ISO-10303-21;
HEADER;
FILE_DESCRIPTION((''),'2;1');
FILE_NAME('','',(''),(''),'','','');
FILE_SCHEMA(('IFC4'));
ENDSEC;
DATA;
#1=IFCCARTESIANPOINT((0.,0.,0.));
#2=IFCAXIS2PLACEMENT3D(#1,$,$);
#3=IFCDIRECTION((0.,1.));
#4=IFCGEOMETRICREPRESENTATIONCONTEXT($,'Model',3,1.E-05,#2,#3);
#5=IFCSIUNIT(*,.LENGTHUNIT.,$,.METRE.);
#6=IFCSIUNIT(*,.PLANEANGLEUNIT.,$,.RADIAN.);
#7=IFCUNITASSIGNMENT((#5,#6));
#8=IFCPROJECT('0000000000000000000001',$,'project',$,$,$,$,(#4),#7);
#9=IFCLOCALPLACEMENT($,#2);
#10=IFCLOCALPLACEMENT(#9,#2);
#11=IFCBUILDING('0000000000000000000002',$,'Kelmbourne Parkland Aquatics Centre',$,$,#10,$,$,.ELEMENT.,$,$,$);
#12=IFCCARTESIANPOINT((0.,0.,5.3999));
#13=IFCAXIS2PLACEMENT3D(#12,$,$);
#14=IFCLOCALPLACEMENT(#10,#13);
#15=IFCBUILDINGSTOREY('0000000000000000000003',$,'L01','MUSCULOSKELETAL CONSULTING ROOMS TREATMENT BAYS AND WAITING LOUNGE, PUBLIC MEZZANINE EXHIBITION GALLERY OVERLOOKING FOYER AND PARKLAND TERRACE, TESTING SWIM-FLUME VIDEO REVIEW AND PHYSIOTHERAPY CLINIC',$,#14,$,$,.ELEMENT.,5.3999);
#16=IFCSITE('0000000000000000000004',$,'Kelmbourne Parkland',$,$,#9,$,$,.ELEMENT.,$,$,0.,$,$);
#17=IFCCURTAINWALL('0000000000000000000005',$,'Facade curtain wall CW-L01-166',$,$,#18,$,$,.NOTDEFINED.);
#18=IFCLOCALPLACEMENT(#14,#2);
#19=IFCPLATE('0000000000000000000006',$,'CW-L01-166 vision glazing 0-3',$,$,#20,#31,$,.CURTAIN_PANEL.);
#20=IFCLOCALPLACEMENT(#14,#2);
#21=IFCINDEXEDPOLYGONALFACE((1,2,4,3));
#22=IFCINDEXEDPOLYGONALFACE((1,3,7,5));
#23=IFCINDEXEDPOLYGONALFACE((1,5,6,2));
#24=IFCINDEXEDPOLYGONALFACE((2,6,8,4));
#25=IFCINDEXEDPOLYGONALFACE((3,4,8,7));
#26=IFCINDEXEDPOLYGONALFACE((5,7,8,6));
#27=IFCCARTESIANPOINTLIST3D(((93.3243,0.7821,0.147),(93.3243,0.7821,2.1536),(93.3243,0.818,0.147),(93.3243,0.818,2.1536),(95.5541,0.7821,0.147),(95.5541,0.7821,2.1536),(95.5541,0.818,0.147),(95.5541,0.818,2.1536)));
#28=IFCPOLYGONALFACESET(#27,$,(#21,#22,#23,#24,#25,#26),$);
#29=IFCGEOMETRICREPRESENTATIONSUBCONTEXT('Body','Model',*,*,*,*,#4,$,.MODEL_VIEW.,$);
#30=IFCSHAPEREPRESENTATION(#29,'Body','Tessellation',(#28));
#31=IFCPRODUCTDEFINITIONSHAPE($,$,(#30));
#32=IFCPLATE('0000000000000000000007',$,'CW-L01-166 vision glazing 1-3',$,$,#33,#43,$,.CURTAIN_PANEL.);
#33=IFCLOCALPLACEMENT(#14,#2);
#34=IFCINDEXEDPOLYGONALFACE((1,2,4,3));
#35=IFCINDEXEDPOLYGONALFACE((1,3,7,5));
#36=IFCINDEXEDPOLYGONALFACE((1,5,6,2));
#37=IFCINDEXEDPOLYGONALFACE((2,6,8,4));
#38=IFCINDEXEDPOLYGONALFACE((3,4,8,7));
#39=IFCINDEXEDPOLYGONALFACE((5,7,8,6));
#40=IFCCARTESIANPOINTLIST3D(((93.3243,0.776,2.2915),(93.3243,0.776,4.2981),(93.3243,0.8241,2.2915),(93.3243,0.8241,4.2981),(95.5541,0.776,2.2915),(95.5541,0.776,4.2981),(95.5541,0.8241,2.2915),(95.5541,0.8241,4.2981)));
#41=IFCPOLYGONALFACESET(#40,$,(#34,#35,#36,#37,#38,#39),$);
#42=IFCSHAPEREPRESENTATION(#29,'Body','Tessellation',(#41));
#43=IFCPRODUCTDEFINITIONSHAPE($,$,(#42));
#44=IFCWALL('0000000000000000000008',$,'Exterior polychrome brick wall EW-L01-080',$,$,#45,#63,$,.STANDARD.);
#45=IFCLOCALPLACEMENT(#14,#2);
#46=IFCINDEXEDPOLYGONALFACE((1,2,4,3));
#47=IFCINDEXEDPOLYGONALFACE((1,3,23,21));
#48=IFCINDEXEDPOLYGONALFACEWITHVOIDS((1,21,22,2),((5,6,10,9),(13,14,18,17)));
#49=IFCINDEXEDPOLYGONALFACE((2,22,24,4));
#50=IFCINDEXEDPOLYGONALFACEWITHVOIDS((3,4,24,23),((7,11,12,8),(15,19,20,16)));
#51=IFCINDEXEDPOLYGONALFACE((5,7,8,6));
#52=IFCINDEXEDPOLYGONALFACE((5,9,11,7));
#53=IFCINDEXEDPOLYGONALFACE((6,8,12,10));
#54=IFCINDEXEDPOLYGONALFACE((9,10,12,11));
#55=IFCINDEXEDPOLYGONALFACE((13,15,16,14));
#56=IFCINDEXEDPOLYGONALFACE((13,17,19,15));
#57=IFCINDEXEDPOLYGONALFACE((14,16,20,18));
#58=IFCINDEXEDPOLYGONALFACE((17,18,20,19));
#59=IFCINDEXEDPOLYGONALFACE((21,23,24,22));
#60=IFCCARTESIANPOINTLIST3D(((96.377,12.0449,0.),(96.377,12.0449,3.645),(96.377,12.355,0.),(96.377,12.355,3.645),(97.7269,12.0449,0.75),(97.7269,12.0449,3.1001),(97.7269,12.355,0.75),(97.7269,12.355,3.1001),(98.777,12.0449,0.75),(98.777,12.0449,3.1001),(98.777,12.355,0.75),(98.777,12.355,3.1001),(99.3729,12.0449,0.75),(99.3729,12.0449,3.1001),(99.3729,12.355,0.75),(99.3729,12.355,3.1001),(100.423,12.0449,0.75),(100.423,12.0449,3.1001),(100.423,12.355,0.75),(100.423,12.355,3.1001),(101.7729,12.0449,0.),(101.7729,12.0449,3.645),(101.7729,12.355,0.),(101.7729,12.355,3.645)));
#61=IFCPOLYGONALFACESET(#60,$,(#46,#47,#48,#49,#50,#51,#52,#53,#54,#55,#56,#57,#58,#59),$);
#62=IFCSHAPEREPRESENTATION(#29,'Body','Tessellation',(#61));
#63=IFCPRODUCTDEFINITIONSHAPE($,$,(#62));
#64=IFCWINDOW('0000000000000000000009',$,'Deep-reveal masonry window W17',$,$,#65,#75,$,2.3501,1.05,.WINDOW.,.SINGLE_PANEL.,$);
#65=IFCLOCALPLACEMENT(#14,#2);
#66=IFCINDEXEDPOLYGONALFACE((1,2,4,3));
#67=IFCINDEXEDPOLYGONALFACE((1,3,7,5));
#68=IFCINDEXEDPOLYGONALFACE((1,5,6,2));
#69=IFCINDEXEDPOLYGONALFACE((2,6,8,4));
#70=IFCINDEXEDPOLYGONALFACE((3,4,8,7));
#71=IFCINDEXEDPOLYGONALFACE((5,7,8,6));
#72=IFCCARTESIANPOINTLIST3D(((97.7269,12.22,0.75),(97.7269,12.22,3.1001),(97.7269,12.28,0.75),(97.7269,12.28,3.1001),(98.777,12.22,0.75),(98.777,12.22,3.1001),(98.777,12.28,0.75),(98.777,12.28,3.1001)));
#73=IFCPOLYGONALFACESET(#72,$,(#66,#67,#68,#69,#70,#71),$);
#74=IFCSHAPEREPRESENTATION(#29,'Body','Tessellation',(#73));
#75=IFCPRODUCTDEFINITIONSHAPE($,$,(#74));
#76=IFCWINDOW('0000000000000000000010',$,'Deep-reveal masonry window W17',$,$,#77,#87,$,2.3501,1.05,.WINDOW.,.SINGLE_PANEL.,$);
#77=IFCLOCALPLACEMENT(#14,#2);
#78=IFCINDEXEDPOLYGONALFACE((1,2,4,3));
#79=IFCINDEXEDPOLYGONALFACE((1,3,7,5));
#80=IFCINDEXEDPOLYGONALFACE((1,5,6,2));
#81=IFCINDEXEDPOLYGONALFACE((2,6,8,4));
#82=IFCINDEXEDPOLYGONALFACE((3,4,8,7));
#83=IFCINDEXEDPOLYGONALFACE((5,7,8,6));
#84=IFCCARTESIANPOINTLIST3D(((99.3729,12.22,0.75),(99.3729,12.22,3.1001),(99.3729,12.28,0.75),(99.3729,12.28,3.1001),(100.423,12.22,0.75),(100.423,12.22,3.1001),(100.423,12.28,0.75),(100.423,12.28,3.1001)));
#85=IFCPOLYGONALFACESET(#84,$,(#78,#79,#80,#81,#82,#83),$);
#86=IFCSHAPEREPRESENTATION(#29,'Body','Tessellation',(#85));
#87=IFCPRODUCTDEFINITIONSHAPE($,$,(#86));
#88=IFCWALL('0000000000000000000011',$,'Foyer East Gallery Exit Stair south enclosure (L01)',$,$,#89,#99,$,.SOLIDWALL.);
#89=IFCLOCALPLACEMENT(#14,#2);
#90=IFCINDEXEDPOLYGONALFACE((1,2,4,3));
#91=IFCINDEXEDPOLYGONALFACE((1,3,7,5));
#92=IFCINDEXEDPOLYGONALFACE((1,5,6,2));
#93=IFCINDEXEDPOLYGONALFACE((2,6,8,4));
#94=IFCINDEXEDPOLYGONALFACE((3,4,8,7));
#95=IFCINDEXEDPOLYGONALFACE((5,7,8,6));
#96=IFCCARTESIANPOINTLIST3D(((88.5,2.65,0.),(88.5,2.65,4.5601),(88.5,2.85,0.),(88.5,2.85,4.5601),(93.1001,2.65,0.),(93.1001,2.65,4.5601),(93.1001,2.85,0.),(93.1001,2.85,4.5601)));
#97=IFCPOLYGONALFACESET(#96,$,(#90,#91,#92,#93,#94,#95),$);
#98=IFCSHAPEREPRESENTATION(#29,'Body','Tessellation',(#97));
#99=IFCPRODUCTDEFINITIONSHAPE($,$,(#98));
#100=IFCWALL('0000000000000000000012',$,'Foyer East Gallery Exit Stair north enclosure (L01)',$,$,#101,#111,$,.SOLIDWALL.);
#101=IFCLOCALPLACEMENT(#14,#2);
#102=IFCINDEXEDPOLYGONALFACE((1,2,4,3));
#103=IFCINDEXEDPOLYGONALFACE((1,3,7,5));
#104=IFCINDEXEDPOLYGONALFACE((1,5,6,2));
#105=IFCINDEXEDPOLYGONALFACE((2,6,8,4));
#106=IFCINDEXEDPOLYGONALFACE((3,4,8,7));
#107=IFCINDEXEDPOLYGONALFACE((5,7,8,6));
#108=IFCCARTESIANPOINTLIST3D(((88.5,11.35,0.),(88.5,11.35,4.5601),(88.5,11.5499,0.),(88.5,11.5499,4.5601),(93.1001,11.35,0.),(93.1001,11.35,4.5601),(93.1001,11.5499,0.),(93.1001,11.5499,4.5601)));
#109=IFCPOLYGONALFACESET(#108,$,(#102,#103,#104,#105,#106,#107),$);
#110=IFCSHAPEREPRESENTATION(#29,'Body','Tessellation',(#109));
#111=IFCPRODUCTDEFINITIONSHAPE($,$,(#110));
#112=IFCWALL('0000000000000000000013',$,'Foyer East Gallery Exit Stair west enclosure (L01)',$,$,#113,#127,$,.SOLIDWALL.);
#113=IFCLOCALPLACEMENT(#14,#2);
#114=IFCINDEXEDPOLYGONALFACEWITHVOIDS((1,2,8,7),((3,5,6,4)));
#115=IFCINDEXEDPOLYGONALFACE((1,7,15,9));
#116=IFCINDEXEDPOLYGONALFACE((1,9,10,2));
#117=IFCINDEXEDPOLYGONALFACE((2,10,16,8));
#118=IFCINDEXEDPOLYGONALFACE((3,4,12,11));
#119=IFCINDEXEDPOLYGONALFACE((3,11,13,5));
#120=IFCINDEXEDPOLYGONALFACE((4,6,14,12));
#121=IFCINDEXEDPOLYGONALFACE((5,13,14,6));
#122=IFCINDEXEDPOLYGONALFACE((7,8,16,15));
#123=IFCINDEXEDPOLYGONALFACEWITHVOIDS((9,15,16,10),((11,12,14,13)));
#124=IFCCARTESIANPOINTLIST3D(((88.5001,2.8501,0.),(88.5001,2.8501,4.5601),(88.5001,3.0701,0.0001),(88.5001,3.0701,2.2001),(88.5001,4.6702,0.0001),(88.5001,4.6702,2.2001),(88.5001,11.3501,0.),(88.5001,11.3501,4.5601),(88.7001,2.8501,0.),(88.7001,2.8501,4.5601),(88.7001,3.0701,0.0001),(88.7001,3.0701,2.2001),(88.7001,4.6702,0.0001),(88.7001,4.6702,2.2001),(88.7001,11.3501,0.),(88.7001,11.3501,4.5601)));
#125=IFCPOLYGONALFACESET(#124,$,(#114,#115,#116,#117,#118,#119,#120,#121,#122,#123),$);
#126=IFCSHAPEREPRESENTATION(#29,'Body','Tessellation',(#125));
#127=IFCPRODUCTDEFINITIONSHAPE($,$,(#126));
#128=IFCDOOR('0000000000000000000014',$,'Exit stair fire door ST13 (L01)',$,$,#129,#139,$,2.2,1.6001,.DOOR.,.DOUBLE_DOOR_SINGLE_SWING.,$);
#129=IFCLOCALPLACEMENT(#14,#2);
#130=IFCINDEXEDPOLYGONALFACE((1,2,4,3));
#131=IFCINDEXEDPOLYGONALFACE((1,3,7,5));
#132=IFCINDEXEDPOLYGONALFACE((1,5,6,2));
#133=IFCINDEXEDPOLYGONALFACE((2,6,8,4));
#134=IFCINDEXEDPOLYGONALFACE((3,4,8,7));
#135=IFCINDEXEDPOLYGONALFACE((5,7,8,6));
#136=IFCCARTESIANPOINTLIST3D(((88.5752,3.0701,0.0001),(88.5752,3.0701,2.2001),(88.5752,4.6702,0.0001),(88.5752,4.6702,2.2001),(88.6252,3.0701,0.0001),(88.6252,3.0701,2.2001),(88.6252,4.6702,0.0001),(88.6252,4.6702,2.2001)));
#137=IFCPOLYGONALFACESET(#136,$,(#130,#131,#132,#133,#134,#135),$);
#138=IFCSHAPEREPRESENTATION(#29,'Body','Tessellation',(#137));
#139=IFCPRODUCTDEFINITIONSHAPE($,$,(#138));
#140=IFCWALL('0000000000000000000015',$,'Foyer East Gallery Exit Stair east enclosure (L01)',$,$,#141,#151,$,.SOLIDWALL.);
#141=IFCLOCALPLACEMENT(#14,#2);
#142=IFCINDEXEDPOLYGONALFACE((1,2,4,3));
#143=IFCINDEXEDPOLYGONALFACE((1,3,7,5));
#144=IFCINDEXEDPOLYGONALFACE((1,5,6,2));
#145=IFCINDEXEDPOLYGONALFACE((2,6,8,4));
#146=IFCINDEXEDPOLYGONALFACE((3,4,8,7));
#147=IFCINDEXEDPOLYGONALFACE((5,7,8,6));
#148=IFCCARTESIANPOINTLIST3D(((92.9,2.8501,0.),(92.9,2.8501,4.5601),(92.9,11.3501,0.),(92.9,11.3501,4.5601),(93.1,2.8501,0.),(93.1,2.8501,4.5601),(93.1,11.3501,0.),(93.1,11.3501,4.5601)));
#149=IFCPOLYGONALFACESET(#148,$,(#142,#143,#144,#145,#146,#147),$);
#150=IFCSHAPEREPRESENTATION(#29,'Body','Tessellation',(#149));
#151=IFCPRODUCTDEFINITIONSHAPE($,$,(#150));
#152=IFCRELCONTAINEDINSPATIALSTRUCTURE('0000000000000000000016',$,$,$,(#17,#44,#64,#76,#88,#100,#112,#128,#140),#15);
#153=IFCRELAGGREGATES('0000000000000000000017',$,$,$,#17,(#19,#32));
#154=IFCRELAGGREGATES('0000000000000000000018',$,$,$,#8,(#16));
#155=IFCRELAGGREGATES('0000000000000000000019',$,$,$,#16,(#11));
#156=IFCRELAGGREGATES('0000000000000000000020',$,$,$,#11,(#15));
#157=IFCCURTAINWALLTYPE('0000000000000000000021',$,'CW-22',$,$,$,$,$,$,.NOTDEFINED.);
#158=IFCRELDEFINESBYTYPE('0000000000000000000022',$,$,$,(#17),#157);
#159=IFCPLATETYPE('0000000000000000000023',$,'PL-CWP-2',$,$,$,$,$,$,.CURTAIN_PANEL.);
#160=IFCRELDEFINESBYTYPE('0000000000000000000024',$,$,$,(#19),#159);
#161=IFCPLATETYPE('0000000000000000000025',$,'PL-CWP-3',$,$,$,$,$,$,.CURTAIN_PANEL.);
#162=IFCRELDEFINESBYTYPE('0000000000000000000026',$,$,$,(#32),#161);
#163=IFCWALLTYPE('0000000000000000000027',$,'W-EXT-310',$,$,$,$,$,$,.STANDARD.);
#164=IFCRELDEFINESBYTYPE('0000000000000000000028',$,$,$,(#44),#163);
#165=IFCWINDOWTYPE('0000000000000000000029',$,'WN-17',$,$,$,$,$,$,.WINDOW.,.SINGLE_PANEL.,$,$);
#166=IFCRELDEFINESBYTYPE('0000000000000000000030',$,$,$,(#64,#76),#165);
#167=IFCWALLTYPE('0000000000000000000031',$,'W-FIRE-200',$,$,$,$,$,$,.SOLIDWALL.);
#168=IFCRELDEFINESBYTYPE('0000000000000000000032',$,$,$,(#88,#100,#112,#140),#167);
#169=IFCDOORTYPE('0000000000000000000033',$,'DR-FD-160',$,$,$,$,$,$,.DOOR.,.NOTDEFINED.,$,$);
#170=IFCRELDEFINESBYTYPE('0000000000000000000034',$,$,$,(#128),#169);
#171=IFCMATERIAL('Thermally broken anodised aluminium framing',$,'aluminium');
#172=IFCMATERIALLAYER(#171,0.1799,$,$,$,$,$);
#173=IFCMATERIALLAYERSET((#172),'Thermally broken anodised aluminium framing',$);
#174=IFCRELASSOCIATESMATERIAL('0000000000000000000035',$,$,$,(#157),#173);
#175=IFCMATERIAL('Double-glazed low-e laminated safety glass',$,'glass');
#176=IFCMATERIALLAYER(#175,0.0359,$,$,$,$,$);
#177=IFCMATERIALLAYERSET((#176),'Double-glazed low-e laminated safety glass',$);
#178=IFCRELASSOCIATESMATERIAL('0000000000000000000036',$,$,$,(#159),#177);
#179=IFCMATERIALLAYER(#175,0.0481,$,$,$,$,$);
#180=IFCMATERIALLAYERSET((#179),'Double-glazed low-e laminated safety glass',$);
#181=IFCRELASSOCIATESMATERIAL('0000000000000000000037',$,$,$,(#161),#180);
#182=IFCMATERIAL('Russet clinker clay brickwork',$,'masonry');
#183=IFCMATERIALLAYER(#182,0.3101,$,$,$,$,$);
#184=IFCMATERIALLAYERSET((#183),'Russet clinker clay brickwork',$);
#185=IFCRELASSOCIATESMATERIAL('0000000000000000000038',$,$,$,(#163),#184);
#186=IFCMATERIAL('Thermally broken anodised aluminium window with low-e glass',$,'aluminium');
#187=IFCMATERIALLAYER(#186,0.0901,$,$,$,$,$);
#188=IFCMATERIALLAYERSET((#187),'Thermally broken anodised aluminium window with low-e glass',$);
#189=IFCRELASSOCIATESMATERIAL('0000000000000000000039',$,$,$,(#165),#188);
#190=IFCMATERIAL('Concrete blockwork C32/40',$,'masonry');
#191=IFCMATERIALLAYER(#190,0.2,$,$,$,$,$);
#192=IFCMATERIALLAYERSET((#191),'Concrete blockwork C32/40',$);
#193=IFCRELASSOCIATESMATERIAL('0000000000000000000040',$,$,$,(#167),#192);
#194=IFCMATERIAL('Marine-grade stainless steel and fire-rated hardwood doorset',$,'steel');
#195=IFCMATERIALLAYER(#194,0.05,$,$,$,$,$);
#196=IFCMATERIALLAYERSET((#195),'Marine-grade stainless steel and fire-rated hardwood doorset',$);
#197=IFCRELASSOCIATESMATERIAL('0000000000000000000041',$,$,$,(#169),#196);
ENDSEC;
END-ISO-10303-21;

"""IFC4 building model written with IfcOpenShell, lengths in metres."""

from ifc_helpers import new_model, si_unit, direction, frame, frame_2d, origin, origin_2d, place, context, subcontext, project, spatial, rectangle, extrude, material, layer, layer_set, type_object, element, fill, aggregate, save


model = new_model("IFC4")

# Units and contexts
model_context = context("Model", 3, precision=1e-05, world=origin(), true_north=direction((0.0, 1.0)))
body_context = subcontext(model_context, "Body", "Model", "MODEL_VIEW")
ifc_project = project(units=[si_unit("LENGTHUNIT", "METRE"), si_unit("PLANEANGLEUNIT", "RADIAN")], contexts=[model_context])

# Site, building, storey
site_placement = place(None, origin())
site = spatial("IfcSite", under=ifc_project, at=site_placement, Name="Kelmbourne Parkland", CompositionType="ELEMENT", RefElevation=0.0)
building_placement = place(site_placement, origin())
building = spatial("IfcBuilding", under=site, at=building_placement, Name="Kelmbourne Parkland Aquatics Centre", CompositionType="ELEMENT")
storey_placement = place(building_placement, frame((0.0, 0.0, 5.3999)))
storey = spatial("IfcBuildingStorey", under=building, at=storey_placement, Name="L01", Description="MUSCULOSKELETAL CONSULTING ROOMS TREATMENT BAYS AND WAITING LOUNGE, PUBLIC MEZZANINE EXHIBITION GALLERY OVERLOOKING FOYER AND PARKLAND TERRACE, TESTING SWIM-FLUME VIDEO REVIEW AND PHYSIOTHERAPY CLINIC", CompositionType="ELEMENT", Elevation=5.3999)

# Curtain wall
ifc_material_1 = material(Name="Thermally broken anodised aluminium framing", Category="aluminium")
ifc_layer_1 = layer(ifc_material_1, 0.1799)
ifc_layer_set_1 = layer_set([ifc_layer_1], Name="Thermally broken anodised aluminium framing")
curtain_wall_type_1 = type_object("IfcCurtainWallType", Name="CW-22", PredefinedType="NOTDEFINED", material=ifc_layer_set_1)
curtain_wall_1_placement = place(storey_placement, origin())
curtain_wall_1 = element("IfcCurtainWall", 1, at=curtain_wall_1_placement, inside=storey, type_object=curtain_wall_type_1, Name="Facade curtain wall CW-L01-166", PredefinedType="NOTDEFINED")

# Plates
ifc_material_2 = material(Name="Double-glazed low-e laminated safety glass", Category="glass")
ifc_layer_2 = layer(ifc_material_2, 0.0359)
ifc_layer_set_2 = layer_set([ifc_layer_2], Name="Double-glazed low-e laminated safety glass")
plate_type_1 = type_object("IfcPlateType", Name="PL-CWP-2", PredefinedType="CURTAIN_PANEL", material=ifc_layer_set_2)
plate_1_placement = place(storey_placement, frame((94.4392, 0.8, 0.147), z_axis=(0.0, 0.0, 1.0), x_axis=(1.0, 0.0, 0.0)))
plate_1 = element("IfcPlate", 2, at=plate_1_placement, type_object=plate_type_1, Name="CW-L01-166 vision glazing 0-3", PredefinedType="CURTAIN_PANEL", context=body_context, shape_type="SweptSolid", body=[
    extrude(rectangle(XDim=2.2297, YDim=0.0359, at=origin_2d()), origin(), (0.0, 0.0, 1.0), 2.0066),
])
ifc_layer_3 = layer(ifc_material_2, 0.0481)
ifc_layer_set_3 = layer_set([ifc_layer_3], Name="Double-glazed low-e laminated safety glass")
plate_type_2 = type_object("IfcPlateType", Name="PL-CWP-3", PredefinedType="CURTAIN_PANEL", material=ifc_layer_set_3)
plate_2_placement = place(storey_placement, frame((94.4392, 0.8, 2.2915), z_axis=(0.0, 0.0, 1.0), x_axis=(1.0, 0.0, 0.0)))
plate_2 = element("IfcPlate", 3, at=plate_2_placement, type_object=plate_type_2, Name="CW-L01-166 vision glazing 1-3", PredefinedType="CURTAIN_PANEL", context=body_context, shape_type="SweptSolid", body=[
    extrude(rectangle(XDim=2.2297, YDim=0.0481, at=origin_2d()), origin(), (0.0, 0.0, 1.0), 2.0066),
])
aggregate(curtain_wall_1, [plate_1, plate_2])

# Wall, openings, windows
ifc_material_3 = material(Name="Russet clinker clay brickwork", Category="masonry")
ifc_layer_4 = layer(ifc_material_3, 0.3101)
ifc_layer_set_4 = layer_set([ifc_layer_4], Name="Russet clinker clay brickwork")
wall_type_1 = type_object("IfcWallType", Name="W-EXT-310", PredefinedType="STANDARD", material=ifc_layer_set_4)
wall_1_placement = place(storey_placement, frame((96.377, 12.2, 0.0), z_axis=(0.0, 0.0, 1.0), x_axis=(1.0, 0.0, 0.0)))
wall_1 = element("IfcWall", 4, at=wall_1_placement, inside=storey, type_object=wall_type_1, Name="Exterior polychrome brick wall EW-L01-080", PredefinedType="STANDARD", context=body_context, shape_type="SweptSolid", body=[
    extrude(rectangle(XDim=5.396, YDim=0.3101, at=frame_2d((2.698, 0.0))), origin(), (0.0, 0.0, 1.0), 3.645),
])
opening_1_placement = place(wall_1_placement, frame((1.3501, 0.0, 0.75)))
opening_1 = element("IfcOpeningElement", 5, at=opening_1_placement, cuts=wall_1, PredefinedType="OPENING", context=body_context, shape_type="SweptSolid", body=[
    extrude(rectangle(XDim=1.05, YDim=2.3501, at=frame_2d((0.5249, 1.175))), frame((0.0, 0.167, 0.0), z_axis=(0.0, -1.0, 0.0), x_axis=(1.0, 0.0, 0.0)), (0.0, 0.0, 1.0), 0.334),
])
opening_2_placement = place(wall_1_placement, frame((2.9961, 0.0, 0.75)))
opening_2 = element("IfcOpeningElement", 6, at=opening_2_placement, cuts=wall_1, PredefinedType="OPENING", context=body_context, shape_type="SweptSolid", body=[
    extrude(rectangle(XDim=1.05, YDim=2.3501, at=frame_2d((0.5249, 1.175))), frame((0.0, 0.167, 0.0), z_axis=(0.0, -1.0, 0.0), x_axis=(1.0, 0.0, 0.0)), (0.0, 0.0, 1.0), 0.334),
])
ifc_material_4 = material(Name="Thermally broken anodised aluminium window with low-e glass", Category="aluminium")
ifc_layer_5 = layer(ifc_material_4, 0.0901)
ifc_layer_set_5 = layer_set([ifc_layer_5], Name="Thermally broken anodised aluminium window with low-e glass")
window_type = type_object("IfcWindowType", Name="WN-17", PartitioningType="SINGLE_PANEL", PredefinedType="WINDOW", material=ifc_layer_set_5)
window_1_placement = place(opening_1_placement, origin())
window_1 = element("IfcWindow", 7, at=window_1_placement, inside=storey, type_object=window_type, Name="Deep-reveal masonry window W17", OverallHeight=2.3501, OverallWidth=1.05, PartitioningType="SINGLE_PANEL", PredefinedType="WINDOW", context=body_context, shape_type="SweptSolid", body=[
    extrude(rectangle(XDim=1.05, YDim=2.3501, at=frame_2d((0.5249, 1.175))), frame((0.0, 0.0801, 0.0), z_axis=(0.0, -1.0, 0.0), x_axis=(1.0, 0.0, 0.0)), (0.0, 0.0, 1.0), 0.0601),
])
fill(opening_1, window_1)
window_2_placement = place(opening_2_placement, origin())
window_2 = element("IfcWindow", 8, at=window_2_placement, inside=storey, type_object=window_type, Name="Deep-reveal masonry window W17", OverallHeight=2.3501, OverallWidth=1.05, PartitioningType="SINGLE_PANEL", PredefinedType="WINDOW", context=body_context, shape_type="SweptSolid", body=[
    extrude(rectangle(XDim=1.05, YDim=2.3501, at=frame_2d((0.5249, 1.175))), frame((0.0, 0.0801, 0.0), z_axis=(0.0, -1.0, 0.0), x_axis=(1.0, 0.0, 0.0)), (0.0, 0.0, 1.0), 0.0601),
])
fill(opening_2, window_2)

# Walls
ifc_material_5 = material(Name="Concrete blockwork C32/40", Category="masonry")
ifc_layer_6 = layer(ifc_material_5, 0.2)
ifc_layer_set_6 = layer_set([ifc_layer_6], Name="Concrete blockwork C32/40")
wall_type_2 = type_object("IfcWallType", Name="W-FIRE-200", PredefinedType="SOLIDWALL", material=ifc_layer_set_6)
for number, where, z_axis, x_axis, name in (
    (9, (88.5, 2.75, 0.0), (0.0, 0.0, 1.0), (1.0, 0.0, 0.0), "Foyer East Gallery Exit Stair south enclosure (L01)"),
    (10, (88.5, 11.45, 0.0), (0.0, 0.0, 1.0), (1.0, 0.0, 0.0), "Foyer East Gallery Exit Stair north enclosure (L01)"),
):
    element("IfcWall", number, at=place(storey_placement, frame(where, z_axis=z_axis, x_axis=x_axis)), inside=storey, type_object=wall_type_2, Name=name, PredefinedType="SOLIDWALL", context=body_context, shape_type="SweptSolid", body=[
        extrude(rectangle(XDim=4.6001, YDim=0.2, at=frame_2d((2.3, 0.0))), origin(), (0.0, 0.0, 1.0), 4.5601),
    ])

# Wall, opening, door
wall_2_placement = place(storey_placement, frame((88.6001, 2.8501, 0.0), z_axis=(0.0, 0.0, 1.0), x_axis=(0.0, 1.0, 0.0)))
wall_2 = element("IfcWall", 11, at=wall_2_placement, inside=storey, type_object=wall_type_2, Name="Foyer East Gallery Exit Stair west enclosure (L01)", PredefinedType="SOLIDWALL", context=body_context, shape_type="SweptSolid", body=[
    extrude(rectangle(XDim=8.5, YDim=0.2, at=frame_2d((4.25, 0.0))), origin(), (0.0, 0.0, 1.0), 4.5601),
])
opening_3_placement = place(wall_2_placement, frame((0.22, 0.0, 0.0)))
opening_3 = element("IfcOpeningElement", 12, at=opening_3_placement, cuts=wall_2, PredefinedType="OPENING", context=body_context, shape_type="SweptSolid", body=[
    extrude(rectangle(XDim=1.6001, YDim=2.2, at=frame_2d((0.8, 1.1001))), frame((0.0, 0.1118, 0.0), z_axis=(0.0, -1.0, 0.0), x_axis=(1.0, 0.0, 0.0)), (0.0, 0.0, 1.0), 0.2239),
])
ifc_material_6 = material(Name="Marine-grade stainless steel and fire-rated hardwood doorset", Category="steel")
ifc_layer_7 = layer(ifc_material_6, 0.05)
ifc_layer_set_7 = layer_set([ifc_layer_7], Name="Marine-grade stainless steel and fire-rated hardwood doorset")
door_type = type_object("IfcDoorType", Name="DR-FD-160", OperationType="NOTDEFINED", PredefinedType="DOOR", material=ifc_layer_set_7)
door_placement = place(opening_3_placement, origin())
door = element("IfcDoor", 13, at=door_placement, inside=storey, type_object=door_type, Name="Exit stair fire door ST13 (L01)", OperationType="DOUBLE_DOOR_SINGLE_SWING", OverallHeight=2.2, OverallWidth=1.6001, PredefinedType="DOOR", context=body_context, shape_type="SweptSolid", body=[
    extrude(rectangle(XDim=1.6001, YDim=2.2, at=frame_2d((0.8, 1.1001))), frame((0.0, 0.0249, 0.0), z_axis=(0.0, -1.0, 0.0), x_axis=(1.0, 0.0, 0.0)), (0.0, 0.0, 1.0), 0.05),
])
fill(opening_3, door)

# Wall
wall_3_placement = place(storey_placement, frame((93.0, 2.8501, 0.0), z_axis=(0.0, 0.0, 1.0), x_axis=(0.0, 1.0, 0.0)))
element("IfcWall", 14, at=wall_3_placement, inside=storey, type_object=wall_type_2, Name="Foyer East Gallery Exit Stair east enclosure (L01)", PredefinedType="SOLIDWALL", context=body_context, shape_type="SweptSolid", body=[
    extrude(rectangle(XDim=8.5, YDim=0.2, at=frame_2d((4.25, 0.0))), origin(), (0.0, 0.0, 1.0), 4.5601),
])

save(model, "model.ifc")
